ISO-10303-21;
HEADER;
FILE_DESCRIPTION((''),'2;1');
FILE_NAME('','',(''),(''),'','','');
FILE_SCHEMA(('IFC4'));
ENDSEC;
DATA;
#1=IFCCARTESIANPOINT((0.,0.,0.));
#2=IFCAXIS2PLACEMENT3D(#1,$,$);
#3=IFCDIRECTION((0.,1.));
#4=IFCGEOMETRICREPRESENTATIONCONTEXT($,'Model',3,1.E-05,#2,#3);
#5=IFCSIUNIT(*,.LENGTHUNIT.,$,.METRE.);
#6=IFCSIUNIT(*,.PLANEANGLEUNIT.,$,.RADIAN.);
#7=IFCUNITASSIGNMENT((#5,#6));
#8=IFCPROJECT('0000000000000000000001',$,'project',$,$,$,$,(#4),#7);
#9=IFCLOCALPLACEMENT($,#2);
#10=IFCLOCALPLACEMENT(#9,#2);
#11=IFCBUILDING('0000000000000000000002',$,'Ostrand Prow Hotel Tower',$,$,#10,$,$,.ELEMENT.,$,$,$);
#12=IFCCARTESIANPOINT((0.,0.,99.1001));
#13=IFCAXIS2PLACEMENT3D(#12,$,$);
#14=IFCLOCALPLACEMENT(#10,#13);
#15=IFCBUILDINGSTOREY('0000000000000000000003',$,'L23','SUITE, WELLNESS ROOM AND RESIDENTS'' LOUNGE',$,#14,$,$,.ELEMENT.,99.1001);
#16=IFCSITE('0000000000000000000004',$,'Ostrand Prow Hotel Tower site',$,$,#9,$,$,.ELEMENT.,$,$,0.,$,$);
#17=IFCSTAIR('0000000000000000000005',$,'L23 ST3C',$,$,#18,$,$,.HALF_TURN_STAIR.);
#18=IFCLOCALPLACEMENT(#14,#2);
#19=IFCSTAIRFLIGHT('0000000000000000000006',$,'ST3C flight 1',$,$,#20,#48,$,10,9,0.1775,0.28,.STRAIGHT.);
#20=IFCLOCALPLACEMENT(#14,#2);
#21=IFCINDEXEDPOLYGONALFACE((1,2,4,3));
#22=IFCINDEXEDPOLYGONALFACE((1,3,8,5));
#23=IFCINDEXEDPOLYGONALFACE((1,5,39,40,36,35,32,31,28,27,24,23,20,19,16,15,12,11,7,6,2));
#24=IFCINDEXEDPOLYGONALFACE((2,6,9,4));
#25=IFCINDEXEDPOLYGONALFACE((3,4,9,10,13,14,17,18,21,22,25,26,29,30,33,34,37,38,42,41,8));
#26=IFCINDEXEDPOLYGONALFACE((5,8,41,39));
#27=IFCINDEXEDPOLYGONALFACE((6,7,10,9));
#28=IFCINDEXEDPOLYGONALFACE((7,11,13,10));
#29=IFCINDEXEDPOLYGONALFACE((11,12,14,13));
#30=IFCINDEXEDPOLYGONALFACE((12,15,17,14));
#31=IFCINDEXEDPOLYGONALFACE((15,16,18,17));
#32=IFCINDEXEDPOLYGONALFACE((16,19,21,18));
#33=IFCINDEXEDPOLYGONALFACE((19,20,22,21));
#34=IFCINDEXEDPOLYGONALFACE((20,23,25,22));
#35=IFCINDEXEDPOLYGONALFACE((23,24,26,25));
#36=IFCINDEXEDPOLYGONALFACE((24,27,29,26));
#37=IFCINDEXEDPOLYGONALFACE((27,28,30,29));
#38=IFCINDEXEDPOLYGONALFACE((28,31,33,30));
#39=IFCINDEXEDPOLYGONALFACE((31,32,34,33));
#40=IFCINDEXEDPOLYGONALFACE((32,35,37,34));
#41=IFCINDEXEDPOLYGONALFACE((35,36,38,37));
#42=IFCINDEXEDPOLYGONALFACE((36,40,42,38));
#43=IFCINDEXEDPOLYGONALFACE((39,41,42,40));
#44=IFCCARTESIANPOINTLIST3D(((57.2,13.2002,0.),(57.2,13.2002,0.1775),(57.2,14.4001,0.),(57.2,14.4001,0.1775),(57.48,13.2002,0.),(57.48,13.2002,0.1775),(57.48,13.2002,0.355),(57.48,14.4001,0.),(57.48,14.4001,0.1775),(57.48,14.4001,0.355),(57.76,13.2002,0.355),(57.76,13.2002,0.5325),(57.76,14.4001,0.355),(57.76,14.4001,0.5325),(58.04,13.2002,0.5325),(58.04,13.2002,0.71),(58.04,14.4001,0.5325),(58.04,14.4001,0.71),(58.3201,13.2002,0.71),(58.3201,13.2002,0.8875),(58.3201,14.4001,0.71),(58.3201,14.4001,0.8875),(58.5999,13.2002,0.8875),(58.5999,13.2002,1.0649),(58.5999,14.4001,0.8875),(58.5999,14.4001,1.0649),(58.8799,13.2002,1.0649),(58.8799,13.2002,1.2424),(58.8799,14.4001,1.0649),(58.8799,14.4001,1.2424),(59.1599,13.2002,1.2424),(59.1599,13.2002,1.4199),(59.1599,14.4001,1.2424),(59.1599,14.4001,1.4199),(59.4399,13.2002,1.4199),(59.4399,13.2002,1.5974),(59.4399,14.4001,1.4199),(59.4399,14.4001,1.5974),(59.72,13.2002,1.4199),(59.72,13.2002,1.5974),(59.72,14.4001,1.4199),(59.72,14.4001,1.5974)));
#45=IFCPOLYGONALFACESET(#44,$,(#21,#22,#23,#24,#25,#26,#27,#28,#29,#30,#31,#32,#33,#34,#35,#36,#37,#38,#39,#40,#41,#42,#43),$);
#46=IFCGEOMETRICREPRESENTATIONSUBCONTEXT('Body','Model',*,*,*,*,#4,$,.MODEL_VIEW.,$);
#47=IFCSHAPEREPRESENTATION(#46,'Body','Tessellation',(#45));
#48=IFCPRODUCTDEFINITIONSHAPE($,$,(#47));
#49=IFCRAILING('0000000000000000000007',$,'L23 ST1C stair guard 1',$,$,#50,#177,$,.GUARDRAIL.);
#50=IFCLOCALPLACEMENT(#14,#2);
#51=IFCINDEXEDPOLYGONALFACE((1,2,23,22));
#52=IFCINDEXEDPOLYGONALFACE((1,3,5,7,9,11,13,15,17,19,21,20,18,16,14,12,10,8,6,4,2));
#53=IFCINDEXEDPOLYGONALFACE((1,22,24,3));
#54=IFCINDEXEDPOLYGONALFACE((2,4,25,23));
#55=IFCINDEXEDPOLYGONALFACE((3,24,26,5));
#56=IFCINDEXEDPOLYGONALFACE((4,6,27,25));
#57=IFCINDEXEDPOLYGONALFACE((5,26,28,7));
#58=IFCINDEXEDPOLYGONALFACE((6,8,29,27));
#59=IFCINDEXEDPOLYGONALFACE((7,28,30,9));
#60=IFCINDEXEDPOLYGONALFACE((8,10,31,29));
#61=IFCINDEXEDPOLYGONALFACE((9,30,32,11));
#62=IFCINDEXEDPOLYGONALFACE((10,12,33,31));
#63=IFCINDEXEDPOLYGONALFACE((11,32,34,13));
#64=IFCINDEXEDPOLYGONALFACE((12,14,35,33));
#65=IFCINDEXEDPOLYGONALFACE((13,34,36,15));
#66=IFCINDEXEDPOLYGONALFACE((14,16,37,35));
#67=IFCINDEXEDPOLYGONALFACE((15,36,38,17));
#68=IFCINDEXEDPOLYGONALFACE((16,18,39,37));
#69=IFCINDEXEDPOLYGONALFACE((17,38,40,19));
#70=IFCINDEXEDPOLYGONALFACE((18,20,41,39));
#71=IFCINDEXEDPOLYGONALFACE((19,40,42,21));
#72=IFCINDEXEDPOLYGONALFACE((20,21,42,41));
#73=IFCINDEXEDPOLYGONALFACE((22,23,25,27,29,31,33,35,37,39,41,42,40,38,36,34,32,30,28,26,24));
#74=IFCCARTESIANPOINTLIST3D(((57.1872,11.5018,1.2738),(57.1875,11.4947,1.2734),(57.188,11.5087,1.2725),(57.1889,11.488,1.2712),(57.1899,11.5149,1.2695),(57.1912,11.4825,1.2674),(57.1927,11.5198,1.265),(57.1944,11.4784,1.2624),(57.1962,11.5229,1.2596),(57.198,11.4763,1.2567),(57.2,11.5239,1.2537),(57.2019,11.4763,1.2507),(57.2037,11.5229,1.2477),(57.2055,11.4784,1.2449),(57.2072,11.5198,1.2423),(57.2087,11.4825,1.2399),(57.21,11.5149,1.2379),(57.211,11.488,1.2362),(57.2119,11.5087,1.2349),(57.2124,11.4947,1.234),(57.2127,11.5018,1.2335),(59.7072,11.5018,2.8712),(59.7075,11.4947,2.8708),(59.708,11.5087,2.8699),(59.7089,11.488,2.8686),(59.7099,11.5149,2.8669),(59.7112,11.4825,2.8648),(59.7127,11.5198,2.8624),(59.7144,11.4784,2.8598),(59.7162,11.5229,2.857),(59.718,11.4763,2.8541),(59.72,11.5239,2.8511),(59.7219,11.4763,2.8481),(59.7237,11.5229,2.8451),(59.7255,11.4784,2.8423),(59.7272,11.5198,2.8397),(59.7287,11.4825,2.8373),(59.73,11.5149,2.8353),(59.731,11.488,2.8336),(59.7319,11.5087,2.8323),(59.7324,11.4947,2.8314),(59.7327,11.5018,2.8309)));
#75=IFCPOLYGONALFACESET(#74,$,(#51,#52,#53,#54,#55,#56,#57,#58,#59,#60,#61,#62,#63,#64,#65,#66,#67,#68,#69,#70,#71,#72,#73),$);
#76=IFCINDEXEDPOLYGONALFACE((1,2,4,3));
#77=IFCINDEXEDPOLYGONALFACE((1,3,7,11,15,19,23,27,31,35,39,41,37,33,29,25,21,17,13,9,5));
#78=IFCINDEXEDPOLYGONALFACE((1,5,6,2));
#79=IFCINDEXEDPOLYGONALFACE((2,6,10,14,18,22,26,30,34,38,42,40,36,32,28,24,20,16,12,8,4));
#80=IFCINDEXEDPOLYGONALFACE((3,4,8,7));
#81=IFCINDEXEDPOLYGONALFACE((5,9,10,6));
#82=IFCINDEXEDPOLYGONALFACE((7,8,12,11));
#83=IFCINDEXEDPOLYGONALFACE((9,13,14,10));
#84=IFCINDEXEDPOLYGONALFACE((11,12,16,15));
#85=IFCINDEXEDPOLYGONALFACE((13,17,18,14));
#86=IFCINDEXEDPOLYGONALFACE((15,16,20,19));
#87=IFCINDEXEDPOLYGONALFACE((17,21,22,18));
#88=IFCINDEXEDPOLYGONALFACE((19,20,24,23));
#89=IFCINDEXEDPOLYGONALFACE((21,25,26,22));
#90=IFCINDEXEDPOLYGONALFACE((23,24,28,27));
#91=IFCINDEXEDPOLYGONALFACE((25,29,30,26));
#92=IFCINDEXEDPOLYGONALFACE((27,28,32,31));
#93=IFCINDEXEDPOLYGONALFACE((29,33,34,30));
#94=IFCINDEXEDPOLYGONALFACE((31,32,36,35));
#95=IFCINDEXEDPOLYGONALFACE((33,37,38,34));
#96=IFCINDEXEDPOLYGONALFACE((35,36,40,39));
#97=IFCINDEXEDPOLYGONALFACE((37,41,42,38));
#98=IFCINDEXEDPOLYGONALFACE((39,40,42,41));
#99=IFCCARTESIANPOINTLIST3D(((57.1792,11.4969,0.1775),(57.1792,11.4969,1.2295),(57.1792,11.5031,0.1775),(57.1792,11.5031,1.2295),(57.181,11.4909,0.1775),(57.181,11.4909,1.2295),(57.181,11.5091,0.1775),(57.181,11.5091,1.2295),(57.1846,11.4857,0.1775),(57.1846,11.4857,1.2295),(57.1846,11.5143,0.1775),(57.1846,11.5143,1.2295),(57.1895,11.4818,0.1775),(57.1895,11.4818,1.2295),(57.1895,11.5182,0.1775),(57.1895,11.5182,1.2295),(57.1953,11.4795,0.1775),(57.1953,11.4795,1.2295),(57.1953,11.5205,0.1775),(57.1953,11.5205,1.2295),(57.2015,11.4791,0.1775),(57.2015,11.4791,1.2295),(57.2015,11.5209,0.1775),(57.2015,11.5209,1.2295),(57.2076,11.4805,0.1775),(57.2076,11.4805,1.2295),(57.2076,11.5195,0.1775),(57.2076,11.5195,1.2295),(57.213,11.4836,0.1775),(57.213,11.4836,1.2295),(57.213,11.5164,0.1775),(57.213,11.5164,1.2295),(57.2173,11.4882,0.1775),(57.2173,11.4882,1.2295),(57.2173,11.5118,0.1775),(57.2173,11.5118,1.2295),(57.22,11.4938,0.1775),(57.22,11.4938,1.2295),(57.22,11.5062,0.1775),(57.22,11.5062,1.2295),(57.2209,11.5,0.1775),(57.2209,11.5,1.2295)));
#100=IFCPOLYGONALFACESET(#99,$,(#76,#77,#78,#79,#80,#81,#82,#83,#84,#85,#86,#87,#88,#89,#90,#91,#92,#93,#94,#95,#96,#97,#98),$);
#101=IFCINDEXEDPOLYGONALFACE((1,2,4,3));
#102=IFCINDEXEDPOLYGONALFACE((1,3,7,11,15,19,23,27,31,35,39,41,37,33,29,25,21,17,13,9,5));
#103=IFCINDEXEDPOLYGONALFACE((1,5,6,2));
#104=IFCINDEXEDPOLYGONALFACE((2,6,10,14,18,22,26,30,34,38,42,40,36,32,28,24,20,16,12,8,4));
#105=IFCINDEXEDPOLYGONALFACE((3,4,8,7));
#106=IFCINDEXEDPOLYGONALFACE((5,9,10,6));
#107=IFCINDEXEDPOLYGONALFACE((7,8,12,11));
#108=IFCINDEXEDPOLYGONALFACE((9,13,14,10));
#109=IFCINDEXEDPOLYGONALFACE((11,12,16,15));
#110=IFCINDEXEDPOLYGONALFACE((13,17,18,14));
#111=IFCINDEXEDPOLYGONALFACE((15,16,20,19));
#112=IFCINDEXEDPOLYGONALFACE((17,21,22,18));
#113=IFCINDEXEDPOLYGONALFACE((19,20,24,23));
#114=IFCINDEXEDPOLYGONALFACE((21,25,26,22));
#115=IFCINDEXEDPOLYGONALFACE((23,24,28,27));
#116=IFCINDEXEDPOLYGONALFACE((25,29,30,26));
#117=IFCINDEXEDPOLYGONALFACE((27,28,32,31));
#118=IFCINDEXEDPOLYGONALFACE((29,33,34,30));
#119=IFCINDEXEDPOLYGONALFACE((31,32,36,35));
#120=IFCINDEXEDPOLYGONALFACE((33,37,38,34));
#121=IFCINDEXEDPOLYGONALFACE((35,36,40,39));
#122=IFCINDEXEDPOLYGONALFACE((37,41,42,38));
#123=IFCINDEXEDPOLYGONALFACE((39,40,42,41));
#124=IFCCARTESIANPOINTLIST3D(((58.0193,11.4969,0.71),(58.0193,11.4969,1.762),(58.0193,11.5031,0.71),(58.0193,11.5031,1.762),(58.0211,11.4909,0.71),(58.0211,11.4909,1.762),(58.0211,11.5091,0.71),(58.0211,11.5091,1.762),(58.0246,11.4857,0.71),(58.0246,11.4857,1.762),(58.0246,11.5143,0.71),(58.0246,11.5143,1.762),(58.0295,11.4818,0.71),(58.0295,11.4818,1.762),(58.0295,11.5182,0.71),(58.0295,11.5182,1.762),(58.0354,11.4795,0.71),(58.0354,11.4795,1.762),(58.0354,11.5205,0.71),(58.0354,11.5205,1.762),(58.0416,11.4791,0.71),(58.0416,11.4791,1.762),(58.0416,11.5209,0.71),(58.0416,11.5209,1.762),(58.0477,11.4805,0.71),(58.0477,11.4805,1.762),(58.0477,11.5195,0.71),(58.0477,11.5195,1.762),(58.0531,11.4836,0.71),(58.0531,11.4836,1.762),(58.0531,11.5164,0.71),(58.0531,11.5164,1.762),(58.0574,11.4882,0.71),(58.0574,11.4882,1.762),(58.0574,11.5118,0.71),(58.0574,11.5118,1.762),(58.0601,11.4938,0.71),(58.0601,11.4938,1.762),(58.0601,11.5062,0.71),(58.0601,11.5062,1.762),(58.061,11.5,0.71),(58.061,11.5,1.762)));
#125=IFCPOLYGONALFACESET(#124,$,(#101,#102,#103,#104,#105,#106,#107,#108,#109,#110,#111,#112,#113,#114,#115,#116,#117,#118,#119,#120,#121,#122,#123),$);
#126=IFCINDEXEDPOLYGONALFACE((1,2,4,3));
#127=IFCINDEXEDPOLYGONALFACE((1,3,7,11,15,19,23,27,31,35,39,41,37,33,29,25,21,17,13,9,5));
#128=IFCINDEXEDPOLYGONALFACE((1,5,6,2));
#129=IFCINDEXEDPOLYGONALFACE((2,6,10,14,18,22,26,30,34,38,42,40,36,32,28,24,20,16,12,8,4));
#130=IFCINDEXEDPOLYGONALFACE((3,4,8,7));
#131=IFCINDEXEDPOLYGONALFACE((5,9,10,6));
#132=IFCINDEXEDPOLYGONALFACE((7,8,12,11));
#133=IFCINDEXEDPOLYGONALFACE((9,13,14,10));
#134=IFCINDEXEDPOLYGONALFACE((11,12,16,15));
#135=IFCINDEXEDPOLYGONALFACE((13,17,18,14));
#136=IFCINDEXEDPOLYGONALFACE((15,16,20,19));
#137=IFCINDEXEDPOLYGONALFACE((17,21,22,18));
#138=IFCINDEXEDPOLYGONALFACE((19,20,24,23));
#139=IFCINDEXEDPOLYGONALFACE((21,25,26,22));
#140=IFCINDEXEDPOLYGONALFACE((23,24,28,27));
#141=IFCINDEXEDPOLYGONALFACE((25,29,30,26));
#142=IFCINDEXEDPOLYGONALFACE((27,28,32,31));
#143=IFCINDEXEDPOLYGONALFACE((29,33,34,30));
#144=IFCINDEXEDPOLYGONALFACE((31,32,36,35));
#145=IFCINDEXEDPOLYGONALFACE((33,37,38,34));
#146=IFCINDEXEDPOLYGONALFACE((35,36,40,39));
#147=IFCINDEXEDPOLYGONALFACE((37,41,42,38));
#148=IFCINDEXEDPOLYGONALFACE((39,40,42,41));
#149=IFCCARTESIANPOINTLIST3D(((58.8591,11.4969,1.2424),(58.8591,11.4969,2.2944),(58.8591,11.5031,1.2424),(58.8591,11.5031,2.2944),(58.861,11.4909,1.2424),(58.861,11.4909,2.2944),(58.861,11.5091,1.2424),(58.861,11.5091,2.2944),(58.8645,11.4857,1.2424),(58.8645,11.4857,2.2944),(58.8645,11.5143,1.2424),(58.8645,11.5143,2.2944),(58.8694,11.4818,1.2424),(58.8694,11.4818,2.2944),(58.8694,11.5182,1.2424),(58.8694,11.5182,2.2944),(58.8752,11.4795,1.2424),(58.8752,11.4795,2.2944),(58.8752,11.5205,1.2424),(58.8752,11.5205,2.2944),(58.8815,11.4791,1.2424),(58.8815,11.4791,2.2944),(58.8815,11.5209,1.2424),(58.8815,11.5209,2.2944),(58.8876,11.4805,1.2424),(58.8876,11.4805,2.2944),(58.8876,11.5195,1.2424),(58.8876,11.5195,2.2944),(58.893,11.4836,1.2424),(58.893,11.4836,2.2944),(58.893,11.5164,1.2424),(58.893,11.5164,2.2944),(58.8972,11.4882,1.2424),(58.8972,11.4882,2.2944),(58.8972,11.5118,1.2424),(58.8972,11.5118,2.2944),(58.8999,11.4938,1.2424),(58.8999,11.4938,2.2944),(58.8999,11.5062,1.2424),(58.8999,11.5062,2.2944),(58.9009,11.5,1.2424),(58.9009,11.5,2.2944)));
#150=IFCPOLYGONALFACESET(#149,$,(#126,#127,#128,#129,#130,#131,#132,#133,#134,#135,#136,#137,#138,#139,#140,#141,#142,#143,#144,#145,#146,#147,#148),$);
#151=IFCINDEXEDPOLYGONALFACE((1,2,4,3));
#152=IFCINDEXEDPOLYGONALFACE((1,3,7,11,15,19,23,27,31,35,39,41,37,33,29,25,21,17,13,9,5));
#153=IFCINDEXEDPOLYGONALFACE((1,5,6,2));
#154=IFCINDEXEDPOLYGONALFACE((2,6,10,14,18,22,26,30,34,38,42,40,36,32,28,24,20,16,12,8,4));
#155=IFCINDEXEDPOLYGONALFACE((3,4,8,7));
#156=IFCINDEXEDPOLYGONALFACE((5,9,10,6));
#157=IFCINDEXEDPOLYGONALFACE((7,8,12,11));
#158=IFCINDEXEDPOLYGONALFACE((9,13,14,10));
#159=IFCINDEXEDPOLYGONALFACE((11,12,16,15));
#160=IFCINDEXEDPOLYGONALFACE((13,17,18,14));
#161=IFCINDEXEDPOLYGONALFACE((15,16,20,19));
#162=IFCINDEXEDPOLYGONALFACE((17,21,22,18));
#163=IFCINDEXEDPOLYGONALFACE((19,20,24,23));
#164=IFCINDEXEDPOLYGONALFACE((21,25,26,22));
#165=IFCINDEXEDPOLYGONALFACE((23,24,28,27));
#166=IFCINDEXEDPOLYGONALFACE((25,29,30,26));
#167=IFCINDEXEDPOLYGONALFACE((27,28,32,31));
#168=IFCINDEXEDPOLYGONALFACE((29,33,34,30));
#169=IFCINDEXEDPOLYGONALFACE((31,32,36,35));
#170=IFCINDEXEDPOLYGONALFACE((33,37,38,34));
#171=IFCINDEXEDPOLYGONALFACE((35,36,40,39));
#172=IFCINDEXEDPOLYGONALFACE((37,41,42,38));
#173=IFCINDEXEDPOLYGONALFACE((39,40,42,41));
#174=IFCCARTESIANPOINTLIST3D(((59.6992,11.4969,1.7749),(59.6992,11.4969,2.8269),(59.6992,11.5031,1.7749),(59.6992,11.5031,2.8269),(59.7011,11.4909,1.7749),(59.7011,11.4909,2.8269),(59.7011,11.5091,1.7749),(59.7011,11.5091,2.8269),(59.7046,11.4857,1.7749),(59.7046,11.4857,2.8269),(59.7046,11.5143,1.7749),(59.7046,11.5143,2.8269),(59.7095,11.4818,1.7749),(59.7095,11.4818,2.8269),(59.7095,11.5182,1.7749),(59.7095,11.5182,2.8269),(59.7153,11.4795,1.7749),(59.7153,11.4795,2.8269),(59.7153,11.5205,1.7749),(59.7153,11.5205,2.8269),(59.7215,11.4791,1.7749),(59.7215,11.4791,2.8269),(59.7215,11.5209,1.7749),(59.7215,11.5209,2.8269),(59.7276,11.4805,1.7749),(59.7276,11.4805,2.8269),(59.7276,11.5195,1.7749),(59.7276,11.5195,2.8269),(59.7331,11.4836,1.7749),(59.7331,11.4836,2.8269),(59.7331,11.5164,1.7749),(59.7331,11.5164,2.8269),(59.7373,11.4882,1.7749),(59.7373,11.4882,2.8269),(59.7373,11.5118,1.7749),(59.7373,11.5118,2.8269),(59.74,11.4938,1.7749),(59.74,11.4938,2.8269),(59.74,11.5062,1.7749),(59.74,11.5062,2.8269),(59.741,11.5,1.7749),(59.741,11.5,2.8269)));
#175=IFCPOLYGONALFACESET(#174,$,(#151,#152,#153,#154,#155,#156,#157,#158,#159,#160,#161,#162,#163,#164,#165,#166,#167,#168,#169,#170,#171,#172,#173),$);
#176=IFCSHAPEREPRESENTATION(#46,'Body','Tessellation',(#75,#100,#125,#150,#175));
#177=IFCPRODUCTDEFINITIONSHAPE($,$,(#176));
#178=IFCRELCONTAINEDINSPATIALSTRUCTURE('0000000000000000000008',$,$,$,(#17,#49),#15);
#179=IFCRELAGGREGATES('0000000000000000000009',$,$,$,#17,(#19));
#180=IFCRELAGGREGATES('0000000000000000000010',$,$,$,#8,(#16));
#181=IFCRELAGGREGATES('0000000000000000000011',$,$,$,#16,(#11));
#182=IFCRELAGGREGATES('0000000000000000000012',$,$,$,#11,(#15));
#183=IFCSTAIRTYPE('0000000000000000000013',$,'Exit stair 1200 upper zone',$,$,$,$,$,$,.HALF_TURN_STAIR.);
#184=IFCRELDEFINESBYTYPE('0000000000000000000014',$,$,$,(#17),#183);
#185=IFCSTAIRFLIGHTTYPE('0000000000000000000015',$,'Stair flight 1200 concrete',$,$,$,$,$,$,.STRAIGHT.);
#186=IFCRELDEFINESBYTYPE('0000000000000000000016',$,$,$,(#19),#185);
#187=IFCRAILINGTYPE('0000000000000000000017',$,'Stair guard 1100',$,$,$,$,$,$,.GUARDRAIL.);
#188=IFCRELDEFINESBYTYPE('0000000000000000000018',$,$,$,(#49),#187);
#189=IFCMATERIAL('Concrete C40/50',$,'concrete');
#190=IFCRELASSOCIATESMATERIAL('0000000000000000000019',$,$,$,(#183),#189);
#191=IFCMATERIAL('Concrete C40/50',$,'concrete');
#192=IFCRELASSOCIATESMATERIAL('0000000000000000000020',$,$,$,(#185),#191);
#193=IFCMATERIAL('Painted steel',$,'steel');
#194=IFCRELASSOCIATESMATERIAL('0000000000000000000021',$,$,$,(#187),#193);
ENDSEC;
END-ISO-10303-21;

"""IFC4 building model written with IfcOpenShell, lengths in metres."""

from ifc_helpers import new_model, si_unit, direction, frame, origin, origin_2d, place, context, subcontext, project, spatial, polyline, circle, outline, extrude, material, type_object, element, aggregate, save


model = new_model("IFC4")

# Units and contexts
model_context = context("Model", 3, precision=1e-05, world=origin(), true_north=direction((0.0, 1.0)))
body_context = subcontext(model_context, "Body", "Model", "MODEL_VIEW")
ifc_project = project(units=[si_unit("LENGTHUNIT", "METRE"), si_unit("PLANEANGLEUNIT", "RADIAN")], contexts=[model_context])

# Site, building, storey
site_placement = place(None, origin())
site = spatial("IfcSite", under=ifc_project, at=site_placement, Name="Ostrand Prow Hotel Tower site", CompositionType="ELEMENT", RefElevation=0.0)
building_placement = place(site_placement, origin())
building = spatial("IfcBuilding", under=site, at=building_placement, Name="Ostrand Prow Hotel Tower", CompositionType="ELEMENT")
storey_placement = place(building_placement, frame((0.0, 0.0, 99.1001)))
storey = spatial("IfcBuildingStorey", under=building, at=storey_placement, Name="L23", Description="SUITE, WELLNESS ROOM AND RESIDENTS' LOUNGE", CompositionType="ELEMENT", Elevation=99.1001)

# Shared definitions
ifc_material_1 = material(Name="Concrete C40/50", Category="concrete")
stair_type = type_object("IfcStairType", Name="Exit stair 1200 upper zone", PredefinedType="HALF_TURN_STAIR", material=ifc_material_1)
ifc_material_2 = material(Name="Concrete C40/50", Category="concrete")
stair_flight_type = type_object("IfcStairFlightType", Name="Stair flight 1200 concrete", PredefinedType="STRAIGHT", material=ifc_material_2)

# Stair, stair flight
stair_1_placement = place(storey_placement, origin())
stair_1 = element("IfcStair", 1, at=stair_1_placement, inside=storey, type_object=stair_type, Name="L23 ST3C", PredefinedType="HALF_TURN_STAIR")
stair_flight_1_placement = place(storey_placement, frame((57.2, 13.8, 0.0), z_axis=(0.0, 0.0, 1.0), x_axis=(1.0, 0.0, 0.0)))
stair_flight_1 = element("IfcStairFlight", 2, at=stair_flight_1_placement, type_object=stair_flight_type, Name="ST3C flight 1", NumberOfRisers=10, NumberOfTreads=9, PredefinedType="STRAIGHT", RiserHeight=0.1775, TreadLength=0.28, context=body_context, shape_type="SweptSolid", body=[
    extrude(outline(polyline([(0.0, 0.0), (0.0, 0.1775), (0.28, 0.1775), (0.28, 0.355), (0.5601, 0.355), (0.5601, 0.5325), (0.8401, 0.5325), (0.8401, 0.71), (1.1201, 0.71), (1.1201, 0.8875), (1.3999, 0.8875), (1.3999, 1.0649), (1.6799, 1.0649), (1.6799, 1.2424), (1.96, 1.2424), (1.96, 1.4199), (2.24, 1.4199), (2.24, 1.5974), (2.52, 1.5974), (2.52, 1.7749), (2.52, 1.4199), (0.28, 0.0), (0.0, 0.0)])), frame((0.0, 0.6001, 0.0), z_axis=(0.0, -1.0, 0.0), x_axis=(1.0, 0.0, 0.0)), (0.0, 0.0, 1.0), 1.2),
])
aggregate(stair_1, [stair_flight_1])

# Railing
ifc_material_3 = material(Name="Painted steel", Category="steel")
railing_type_1 = type_object("IfcRailingType", Name="Stair guard 1100", PredefinedType="GUARDRAIL", material=ifc_material_3)
railing_1_placement = place(storey_placement, frame((57.2, 11.5, 0.1775)))
element("IfcRailing", 3, at=railing_1_placement, inside=storey, type_object=railing_type_1, Name="L23 ST1C stair guard 1", PredefinedType="GUARDRAIL", context=body_context, shape_type="SweptSolid", body=[
    extrude(circle(Radius=0.0239, at=origin_2d()), frame((0.0, 0.0, 1.0762), z_axis=(0.844607, 0.0, 0.535387), x_axis=(0.0, 1.0, 0.0)), (0.0, 0.0, 1.0), 2.9836),
    extrude(circle(Radius=0.021, at=origin_2d()), origin(), (0.0, 0.0, 1.0), 1.052),
    extrude(circle(Radius=0.021, at=origin_2d()), frame((0.8401, 0.0, 0.5325)), (0.0, 0.0, 1.0), 1.052),
    extrude(circle(Radius=0.021, at=origin_2d()), frame((1.6799, 0.0, 1.0649)), (0.0, 0.0, 1.0), 1.052),
    extrude(circle(Radius=0.021, at=origin_2d()), frame((2.52, 0.0, 1.5974)), (0.0, 0.0, 1.0), 1.052),
])

save(model, "model.ifc")
